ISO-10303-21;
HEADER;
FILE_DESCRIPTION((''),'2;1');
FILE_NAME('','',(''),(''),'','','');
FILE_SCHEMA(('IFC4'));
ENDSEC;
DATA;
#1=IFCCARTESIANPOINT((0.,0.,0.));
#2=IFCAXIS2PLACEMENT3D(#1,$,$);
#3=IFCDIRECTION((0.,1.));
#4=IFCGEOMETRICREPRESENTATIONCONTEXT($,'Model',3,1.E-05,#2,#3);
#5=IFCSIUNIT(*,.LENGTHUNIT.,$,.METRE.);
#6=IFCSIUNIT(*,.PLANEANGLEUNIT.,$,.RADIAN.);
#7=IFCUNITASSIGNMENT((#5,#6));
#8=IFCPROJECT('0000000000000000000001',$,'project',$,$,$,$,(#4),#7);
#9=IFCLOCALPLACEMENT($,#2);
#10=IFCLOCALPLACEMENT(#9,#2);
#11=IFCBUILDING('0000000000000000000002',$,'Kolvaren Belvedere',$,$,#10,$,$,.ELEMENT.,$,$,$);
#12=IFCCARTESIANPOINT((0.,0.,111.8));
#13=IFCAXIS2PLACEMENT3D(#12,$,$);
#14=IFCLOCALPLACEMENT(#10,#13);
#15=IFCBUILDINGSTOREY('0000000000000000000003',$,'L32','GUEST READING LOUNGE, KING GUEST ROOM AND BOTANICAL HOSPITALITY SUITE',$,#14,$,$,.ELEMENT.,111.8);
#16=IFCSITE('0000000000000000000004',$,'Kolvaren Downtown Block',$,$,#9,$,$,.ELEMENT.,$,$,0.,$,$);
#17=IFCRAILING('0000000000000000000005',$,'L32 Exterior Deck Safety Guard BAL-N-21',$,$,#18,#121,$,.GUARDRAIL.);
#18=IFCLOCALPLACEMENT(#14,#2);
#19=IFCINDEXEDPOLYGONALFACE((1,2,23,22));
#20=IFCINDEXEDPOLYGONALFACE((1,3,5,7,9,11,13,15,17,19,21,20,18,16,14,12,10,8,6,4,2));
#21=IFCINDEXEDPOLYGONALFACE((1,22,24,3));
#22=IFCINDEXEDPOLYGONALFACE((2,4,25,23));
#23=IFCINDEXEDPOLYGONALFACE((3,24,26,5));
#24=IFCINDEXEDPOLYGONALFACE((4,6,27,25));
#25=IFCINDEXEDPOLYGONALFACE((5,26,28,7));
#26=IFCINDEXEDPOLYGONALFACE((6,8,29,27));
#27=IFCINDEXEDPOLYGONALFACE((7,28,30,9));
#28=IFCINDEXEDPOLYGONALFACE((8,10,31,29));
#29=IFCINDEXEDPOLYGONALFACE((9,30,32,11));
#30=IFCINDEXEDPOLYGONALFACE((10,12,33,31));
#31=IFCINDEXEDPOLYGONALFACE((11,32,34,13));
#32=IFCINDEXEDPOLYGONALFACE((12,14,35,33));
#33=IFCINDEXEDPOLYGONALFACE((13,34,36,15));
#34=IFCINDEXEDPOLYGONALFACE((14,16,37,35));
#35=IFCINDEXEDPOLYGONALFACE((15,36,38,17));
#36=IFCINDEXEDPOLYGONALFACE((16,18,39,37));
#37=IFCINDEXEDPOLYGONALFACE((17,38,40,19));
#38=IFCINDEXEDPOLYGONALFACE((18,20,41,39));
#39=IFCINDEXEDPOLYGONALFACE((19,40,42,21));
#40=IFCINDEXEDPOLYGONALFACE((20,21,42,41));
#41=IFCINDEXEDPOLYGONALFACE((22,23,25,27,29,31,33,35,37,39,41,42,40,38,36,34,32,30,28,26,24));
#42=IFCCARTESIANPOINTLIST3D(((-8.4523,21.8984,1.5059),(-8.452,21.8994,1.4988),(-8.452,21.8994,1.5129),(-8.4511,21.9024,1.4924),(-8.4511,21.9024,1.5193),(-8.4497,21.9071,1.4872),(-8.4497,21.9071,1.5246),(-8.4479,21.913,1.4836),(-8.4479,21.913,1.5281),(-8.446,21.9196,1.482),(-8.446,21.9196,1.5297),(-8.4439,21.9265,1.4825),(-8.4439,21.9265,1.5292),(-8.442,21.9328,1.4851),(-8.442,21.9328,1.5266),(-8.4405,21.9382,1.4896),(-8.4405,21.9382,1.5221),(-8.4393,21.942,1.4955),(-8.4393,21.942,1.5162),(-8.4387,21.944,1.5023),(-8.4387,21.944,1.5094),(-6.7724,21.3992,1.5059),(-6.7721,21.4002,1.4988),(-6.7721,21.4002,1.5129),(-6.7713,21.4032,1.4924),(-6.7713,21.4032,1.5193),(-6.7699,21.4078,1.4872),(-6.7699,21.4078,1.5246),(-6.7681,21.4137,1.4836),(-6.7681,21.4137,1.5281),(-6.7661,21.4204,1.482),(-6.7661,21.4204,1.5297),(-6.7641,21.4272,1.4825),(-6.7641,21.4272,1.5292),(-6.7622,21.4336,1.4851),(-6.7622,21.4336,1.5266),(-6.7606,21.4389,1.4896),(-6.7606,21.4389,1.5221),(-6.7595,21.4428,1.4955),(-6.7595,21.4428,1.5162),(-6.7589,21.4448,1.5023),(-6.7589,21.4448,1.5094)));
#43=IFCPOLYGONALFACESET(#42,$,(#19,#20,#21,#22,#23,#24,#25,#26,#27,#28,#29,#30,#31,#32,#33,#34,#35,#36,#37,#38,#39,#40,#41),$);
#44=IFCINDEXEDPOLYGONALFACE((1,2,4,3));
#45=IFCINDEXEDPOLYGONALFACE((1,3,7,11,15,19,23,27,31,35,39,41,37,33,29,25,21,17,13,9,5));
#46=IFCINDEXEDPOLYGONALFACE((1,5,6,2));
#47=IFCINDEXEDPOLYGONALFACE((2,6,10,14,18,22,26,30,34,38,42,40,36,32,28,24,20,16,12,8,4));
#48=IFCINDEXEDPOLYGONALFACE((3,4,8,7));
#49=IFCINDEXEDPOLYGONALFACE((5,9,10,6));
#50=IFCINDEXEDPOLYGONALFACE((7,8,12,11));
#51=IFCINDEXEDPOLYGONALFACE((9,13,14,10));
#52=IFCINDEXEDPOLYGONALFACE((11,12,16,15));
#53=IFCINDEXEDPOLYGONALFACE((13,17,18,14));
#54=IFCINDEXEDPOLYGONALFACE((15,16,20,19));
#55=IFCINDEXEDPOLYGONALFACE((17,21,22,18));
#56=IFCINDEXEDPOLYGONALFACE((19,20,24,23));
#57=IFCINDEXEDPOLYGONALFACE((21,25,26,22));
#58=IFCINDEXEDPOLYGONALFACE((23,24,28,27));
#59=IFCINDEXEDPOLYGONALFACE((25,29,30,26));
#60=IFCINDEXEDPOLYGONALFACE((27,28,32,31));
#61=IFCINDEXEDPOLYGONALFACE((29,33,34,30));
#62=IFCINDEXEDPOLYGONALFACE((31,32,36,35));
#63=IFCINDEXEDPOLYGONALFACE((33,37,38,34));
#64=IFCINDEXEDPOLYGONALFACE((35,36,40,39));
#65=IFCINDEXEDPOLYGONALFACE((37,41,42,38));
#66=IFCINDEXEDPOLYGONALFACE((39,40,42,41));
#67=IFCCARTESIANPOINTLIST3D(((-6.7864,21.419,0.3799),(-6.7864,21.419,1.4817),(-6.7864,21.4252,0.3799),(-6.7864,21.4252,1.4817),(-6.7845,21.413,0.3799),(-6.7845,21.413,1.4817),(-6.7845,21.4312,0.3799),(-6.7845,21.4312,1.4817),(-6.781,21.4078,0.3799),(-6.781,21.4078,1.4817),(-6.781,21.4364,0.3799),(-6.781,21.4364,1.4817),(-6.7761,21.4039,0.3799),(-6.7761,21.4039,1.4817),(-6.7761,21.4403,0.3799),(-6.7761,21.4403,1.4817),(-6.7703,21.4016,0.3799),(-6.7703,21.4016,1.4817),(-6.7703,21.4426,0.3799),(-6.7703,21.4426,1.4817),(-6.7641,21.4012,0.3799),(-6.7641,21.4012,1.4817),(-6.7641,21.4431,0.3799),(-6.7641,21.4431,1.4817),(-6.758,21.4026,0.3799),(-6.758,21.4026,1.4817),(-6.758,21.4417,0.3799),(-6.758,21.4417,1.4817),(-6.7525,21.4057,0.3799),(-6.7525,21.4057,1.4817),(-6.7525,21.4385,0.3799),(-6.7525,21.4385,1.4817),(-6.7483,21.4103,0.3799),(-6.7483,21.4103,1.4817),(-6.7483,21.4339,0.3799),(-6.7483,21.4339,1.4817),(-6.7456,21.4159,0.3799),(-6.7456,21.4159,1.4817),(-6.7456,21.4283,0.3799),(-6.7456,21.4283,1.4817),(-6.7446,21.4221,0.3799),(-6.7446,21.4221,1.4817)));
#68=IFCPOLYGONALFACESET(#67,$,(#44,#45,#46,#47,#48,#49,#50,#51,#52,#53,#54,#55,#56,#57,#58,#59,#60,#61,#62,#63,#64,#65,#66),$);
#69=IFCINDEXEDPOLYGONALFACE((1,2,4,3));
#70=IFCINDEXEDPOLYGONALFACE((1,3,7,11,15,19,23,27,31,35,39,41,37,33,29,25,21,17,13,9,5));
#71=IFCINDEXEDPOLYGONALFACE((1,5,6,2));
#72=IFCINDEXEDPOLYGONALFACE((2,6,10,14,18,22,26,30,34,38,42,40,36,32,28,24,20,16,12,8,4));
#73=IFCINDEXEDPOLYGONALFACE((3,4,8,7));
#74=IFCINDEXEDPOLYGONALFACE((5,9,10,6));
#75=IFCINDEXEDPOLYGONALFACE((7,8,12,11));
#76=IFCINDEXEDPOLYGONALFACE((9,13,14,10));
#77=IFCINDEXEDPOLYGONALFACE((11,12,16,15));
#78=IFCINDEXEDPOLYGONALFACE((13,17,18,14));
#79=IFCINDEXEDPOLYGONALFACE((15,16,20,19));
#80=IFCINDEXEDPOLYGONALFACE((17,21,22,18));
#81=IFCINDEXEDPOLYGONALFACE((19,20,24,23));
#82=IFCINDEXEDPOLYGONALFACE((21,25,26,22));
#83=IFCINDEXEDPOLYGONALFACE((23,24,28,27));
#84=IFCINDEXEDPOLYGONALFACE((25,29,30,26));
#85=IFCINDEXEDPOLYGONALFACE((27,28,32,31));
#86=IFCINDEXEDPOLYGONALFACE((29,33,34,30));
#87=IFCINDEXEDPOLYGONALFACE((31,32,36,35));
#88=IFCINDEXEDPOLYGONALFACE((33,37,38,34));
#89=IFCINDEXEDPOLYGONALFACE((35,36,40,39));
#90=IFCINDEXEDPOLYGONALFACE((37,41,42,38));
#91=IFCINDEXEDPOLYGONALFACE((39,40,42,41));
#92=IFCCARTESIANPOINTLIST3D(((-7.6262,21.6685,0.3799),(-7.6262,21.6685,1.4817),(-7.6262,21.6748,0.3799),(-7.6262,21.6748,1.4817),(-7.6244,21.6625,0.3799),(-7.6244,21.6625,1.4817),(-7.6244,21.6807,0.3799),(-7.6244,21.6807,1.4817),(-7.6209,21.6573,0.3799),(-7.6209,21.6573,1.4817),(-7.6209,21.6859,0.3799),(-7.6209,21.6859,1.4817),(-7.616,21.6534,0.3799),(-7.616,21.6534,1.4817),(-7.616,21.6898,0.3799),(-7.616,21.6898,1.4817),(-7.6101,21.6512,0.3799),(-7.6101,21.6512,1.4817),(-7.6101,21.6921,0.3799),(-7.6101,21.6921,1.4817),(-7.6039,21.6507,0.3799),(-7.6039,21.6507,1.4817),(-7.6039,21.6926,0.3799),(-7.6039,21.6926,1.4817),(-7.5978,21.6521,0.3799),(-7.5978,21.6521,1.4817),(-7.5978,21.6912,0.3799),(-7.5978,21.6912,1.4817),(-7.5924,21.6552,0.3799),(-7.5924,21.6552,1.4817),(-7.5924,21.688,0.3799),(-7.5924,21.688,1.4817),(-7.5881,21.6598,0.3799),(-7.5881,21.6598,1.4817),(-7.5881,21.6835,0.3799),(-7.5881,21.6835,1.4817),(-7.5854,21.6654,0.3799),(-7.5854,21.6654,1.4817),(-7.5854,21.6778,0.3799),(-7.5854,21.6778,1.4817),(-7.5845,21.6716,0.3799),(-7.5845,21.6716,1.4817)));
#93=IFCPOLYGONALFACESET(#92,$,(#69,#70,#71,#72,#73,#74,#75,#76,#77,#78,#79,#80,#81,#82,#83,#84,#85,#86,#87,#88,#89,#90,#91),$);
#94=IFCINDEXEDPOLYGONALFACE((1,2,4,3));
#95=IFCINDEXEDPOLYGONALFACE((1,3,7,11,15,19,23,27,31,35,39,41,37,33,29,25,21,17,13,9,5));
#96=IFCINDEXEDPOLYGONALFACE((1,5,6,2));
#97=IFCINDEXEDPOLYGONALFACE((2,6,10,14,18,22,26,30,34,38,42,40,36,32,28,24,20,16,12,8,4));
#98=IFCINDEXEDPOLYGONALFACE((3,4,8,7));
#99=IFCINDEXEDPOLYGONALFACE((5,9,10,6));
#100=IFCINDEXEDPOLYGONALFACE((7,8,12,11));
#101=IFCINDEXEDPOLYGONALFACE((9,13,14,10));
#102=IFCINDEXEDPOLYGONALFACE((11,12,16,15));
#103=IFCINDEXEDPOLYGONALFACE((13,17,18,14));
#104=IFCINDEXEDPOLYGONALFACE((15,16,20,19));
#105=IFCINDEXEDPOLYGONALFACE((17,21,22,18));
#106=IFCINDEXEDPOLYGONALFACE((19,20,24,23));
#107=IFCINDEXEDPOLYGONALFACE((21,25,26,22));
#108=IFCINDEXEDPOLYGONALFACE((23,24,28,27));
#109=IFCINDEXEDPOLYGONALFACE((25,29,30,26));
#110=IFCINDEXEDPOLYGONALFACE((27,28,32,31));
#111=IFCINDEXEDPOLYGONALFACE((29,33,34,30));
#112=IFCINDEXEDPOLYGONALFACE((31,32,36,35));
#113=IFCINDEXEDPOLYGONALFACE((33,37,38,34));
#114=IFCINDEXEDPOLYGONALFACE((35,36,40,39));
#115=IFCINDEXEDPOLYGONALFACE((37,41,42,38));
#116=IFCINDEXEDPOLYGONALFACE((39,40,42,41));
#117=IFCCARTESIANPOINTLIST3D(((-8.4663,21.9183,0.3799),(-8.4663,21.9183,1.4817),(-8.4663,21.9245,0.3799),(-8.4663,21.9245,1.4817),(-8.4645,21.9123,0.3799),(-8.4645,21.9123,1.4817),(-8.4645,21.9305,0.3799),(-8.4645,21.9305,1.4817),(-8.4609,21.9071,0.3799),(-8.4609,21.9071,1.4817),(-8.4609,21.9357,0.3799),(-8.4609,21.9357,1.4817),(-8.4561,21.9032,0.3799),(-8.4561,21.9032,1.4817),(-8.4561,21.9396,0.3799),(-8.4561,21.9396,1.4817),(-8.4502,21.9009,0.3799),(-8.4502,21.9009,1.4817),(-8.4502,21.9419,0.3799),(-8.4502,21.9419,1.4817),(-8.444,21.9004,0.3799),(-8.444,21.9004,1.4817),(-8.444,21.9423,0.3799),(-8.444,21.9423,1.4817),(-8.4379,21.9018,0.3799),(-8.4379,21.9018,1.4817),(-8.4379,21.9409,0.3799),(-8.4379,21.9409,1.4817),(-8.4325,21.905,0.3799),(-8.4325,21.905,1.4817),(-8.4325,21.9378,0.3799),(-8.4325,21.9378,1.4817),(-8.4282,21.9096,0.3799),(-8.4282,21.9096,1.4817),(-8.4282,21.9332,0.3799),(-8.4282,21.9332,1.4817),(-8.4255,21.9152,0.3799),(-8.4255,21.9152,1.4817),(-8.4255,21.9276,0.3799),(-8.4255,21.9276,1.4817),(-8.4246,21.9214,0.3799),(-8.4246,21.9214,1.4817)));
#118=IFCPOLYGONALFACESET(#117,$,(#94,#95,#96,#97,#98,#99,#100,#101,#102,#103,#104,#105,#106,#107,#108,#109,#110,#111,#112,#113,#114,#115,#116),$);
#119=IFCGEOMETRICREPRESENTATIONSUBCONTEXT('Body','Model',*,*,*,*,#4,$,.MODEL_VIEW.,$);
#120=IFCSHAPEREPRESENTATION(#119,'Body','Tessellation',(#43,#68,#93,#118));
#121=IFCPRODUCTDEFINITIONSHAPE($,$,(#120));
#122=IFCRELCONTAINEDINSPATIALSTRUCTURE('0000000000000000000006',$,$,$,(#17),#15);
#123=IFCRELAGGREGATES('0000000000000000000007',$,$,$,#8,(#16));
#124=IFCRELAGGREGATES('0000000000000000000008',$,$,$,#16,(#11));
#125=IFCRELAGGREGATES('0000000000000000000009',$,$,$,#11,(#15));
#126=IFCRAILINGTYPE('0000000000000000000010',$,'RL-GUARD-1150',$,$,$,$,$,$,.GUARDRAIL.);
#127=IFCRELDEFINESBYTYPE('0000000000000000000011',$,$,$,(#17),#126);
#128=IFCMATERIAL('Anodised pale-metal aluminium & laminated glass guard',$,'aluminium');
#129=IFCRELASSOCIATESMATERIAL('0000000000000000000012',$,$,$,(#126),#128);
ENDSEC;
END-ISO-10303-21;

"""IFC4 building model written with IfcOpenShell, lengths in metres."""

from ifc_helpers import new_model, si_unit, direction, frame, origin, origin_2d, place, context, subcontext, project, spatial, circle, extrude, material, type_object, element, save


model = new_model("IFC4")

# Units and contexts
model_context = context("Model", 3, precision=1e-05, world=origin(), true_north=direction((0.0, 1.0)))
body_context = subcontext(model_context, "Body", "Model", "MODEL_VIEW")
ifc_project = project(units=[si_unit("LENGTHUNIT", "METRE"), si_unit("PLANEANGLEUNIT", "RADIAN")], contexts=[model_context])

# Site, building, storey
site_placement = place(None, origin())
site = spatial("IfcSite", under=ifc_project, at=site_placement, Name="Kolvaren Downtown Block", CompositionType="ELEMENT", RefElevation=0.0)
building_placement = place(site_placement, origin())
building = spatial("IfcBuilding", under=site, at=building_placement, Name="Kolvaren Belvedere", CompositionType="ELEMENT")
storey_placement = place(building_placement, frame((0.0, 0.0, 111.8)))
storey = spatial("IfcBuildingStorey", under=building, at=storey_placement, Name="L32", Description="GUEST READING LOUNGE, KING GUEST ROOM AND BOTANICAL HOSPITALITY SUITE", CompositionType="ELEMENT", Elevation=111.8)

# Railing
ifc_material_1 = material(Name="Anodised pale-metal aluminium & laminated glass guard", Category="aluminium")
railing_type = type_object("IfcRailingType", Name="RL-GUARD-1150", PredefinedType="GUARDRAIL", material=ifc_material_1)
railing_1_placement = place(storey_placement, frame((-6.7656, 21.4221, 0.3799)))
element("IfcRailing", 1, at=railing_1_placement, inside=storey, type_object=railing_type, Name="L32 Exterior Deck Safety Guard BAL-N-21", PredefinedType="GUARDRAIL", context=body_context, shape_type="SweptSolid", body=[
    extrude(circle(Radius=0.0239, at=origin_2d()), frame((0.0, 0.0, 1.126), z_axis=(-0.958563, 0.28488, 0.0), x_axis=(-0.28488, -0.958563, 0.0)), (0.0, 0.0, 1.0), 1.7524),
    extrude(circle(Radius=0.021, at=origin_2d()), origin(), (0.0, 0.0, 1.0), 1.1018),
    extrude(circle(Radius=0.021, at=origin_2d()), frame((-0.8398, 0.2495, 0.0)), (0.0, 0.0, 1.0), 1.1018),
    extrude(circle(Radius=0.021, at=origin_2d()), frame((-1.6799, 0.4993, 0.0)), (0.0, 0.0, 1.0), 1.1018),
])

save(model, "model.ifc")
